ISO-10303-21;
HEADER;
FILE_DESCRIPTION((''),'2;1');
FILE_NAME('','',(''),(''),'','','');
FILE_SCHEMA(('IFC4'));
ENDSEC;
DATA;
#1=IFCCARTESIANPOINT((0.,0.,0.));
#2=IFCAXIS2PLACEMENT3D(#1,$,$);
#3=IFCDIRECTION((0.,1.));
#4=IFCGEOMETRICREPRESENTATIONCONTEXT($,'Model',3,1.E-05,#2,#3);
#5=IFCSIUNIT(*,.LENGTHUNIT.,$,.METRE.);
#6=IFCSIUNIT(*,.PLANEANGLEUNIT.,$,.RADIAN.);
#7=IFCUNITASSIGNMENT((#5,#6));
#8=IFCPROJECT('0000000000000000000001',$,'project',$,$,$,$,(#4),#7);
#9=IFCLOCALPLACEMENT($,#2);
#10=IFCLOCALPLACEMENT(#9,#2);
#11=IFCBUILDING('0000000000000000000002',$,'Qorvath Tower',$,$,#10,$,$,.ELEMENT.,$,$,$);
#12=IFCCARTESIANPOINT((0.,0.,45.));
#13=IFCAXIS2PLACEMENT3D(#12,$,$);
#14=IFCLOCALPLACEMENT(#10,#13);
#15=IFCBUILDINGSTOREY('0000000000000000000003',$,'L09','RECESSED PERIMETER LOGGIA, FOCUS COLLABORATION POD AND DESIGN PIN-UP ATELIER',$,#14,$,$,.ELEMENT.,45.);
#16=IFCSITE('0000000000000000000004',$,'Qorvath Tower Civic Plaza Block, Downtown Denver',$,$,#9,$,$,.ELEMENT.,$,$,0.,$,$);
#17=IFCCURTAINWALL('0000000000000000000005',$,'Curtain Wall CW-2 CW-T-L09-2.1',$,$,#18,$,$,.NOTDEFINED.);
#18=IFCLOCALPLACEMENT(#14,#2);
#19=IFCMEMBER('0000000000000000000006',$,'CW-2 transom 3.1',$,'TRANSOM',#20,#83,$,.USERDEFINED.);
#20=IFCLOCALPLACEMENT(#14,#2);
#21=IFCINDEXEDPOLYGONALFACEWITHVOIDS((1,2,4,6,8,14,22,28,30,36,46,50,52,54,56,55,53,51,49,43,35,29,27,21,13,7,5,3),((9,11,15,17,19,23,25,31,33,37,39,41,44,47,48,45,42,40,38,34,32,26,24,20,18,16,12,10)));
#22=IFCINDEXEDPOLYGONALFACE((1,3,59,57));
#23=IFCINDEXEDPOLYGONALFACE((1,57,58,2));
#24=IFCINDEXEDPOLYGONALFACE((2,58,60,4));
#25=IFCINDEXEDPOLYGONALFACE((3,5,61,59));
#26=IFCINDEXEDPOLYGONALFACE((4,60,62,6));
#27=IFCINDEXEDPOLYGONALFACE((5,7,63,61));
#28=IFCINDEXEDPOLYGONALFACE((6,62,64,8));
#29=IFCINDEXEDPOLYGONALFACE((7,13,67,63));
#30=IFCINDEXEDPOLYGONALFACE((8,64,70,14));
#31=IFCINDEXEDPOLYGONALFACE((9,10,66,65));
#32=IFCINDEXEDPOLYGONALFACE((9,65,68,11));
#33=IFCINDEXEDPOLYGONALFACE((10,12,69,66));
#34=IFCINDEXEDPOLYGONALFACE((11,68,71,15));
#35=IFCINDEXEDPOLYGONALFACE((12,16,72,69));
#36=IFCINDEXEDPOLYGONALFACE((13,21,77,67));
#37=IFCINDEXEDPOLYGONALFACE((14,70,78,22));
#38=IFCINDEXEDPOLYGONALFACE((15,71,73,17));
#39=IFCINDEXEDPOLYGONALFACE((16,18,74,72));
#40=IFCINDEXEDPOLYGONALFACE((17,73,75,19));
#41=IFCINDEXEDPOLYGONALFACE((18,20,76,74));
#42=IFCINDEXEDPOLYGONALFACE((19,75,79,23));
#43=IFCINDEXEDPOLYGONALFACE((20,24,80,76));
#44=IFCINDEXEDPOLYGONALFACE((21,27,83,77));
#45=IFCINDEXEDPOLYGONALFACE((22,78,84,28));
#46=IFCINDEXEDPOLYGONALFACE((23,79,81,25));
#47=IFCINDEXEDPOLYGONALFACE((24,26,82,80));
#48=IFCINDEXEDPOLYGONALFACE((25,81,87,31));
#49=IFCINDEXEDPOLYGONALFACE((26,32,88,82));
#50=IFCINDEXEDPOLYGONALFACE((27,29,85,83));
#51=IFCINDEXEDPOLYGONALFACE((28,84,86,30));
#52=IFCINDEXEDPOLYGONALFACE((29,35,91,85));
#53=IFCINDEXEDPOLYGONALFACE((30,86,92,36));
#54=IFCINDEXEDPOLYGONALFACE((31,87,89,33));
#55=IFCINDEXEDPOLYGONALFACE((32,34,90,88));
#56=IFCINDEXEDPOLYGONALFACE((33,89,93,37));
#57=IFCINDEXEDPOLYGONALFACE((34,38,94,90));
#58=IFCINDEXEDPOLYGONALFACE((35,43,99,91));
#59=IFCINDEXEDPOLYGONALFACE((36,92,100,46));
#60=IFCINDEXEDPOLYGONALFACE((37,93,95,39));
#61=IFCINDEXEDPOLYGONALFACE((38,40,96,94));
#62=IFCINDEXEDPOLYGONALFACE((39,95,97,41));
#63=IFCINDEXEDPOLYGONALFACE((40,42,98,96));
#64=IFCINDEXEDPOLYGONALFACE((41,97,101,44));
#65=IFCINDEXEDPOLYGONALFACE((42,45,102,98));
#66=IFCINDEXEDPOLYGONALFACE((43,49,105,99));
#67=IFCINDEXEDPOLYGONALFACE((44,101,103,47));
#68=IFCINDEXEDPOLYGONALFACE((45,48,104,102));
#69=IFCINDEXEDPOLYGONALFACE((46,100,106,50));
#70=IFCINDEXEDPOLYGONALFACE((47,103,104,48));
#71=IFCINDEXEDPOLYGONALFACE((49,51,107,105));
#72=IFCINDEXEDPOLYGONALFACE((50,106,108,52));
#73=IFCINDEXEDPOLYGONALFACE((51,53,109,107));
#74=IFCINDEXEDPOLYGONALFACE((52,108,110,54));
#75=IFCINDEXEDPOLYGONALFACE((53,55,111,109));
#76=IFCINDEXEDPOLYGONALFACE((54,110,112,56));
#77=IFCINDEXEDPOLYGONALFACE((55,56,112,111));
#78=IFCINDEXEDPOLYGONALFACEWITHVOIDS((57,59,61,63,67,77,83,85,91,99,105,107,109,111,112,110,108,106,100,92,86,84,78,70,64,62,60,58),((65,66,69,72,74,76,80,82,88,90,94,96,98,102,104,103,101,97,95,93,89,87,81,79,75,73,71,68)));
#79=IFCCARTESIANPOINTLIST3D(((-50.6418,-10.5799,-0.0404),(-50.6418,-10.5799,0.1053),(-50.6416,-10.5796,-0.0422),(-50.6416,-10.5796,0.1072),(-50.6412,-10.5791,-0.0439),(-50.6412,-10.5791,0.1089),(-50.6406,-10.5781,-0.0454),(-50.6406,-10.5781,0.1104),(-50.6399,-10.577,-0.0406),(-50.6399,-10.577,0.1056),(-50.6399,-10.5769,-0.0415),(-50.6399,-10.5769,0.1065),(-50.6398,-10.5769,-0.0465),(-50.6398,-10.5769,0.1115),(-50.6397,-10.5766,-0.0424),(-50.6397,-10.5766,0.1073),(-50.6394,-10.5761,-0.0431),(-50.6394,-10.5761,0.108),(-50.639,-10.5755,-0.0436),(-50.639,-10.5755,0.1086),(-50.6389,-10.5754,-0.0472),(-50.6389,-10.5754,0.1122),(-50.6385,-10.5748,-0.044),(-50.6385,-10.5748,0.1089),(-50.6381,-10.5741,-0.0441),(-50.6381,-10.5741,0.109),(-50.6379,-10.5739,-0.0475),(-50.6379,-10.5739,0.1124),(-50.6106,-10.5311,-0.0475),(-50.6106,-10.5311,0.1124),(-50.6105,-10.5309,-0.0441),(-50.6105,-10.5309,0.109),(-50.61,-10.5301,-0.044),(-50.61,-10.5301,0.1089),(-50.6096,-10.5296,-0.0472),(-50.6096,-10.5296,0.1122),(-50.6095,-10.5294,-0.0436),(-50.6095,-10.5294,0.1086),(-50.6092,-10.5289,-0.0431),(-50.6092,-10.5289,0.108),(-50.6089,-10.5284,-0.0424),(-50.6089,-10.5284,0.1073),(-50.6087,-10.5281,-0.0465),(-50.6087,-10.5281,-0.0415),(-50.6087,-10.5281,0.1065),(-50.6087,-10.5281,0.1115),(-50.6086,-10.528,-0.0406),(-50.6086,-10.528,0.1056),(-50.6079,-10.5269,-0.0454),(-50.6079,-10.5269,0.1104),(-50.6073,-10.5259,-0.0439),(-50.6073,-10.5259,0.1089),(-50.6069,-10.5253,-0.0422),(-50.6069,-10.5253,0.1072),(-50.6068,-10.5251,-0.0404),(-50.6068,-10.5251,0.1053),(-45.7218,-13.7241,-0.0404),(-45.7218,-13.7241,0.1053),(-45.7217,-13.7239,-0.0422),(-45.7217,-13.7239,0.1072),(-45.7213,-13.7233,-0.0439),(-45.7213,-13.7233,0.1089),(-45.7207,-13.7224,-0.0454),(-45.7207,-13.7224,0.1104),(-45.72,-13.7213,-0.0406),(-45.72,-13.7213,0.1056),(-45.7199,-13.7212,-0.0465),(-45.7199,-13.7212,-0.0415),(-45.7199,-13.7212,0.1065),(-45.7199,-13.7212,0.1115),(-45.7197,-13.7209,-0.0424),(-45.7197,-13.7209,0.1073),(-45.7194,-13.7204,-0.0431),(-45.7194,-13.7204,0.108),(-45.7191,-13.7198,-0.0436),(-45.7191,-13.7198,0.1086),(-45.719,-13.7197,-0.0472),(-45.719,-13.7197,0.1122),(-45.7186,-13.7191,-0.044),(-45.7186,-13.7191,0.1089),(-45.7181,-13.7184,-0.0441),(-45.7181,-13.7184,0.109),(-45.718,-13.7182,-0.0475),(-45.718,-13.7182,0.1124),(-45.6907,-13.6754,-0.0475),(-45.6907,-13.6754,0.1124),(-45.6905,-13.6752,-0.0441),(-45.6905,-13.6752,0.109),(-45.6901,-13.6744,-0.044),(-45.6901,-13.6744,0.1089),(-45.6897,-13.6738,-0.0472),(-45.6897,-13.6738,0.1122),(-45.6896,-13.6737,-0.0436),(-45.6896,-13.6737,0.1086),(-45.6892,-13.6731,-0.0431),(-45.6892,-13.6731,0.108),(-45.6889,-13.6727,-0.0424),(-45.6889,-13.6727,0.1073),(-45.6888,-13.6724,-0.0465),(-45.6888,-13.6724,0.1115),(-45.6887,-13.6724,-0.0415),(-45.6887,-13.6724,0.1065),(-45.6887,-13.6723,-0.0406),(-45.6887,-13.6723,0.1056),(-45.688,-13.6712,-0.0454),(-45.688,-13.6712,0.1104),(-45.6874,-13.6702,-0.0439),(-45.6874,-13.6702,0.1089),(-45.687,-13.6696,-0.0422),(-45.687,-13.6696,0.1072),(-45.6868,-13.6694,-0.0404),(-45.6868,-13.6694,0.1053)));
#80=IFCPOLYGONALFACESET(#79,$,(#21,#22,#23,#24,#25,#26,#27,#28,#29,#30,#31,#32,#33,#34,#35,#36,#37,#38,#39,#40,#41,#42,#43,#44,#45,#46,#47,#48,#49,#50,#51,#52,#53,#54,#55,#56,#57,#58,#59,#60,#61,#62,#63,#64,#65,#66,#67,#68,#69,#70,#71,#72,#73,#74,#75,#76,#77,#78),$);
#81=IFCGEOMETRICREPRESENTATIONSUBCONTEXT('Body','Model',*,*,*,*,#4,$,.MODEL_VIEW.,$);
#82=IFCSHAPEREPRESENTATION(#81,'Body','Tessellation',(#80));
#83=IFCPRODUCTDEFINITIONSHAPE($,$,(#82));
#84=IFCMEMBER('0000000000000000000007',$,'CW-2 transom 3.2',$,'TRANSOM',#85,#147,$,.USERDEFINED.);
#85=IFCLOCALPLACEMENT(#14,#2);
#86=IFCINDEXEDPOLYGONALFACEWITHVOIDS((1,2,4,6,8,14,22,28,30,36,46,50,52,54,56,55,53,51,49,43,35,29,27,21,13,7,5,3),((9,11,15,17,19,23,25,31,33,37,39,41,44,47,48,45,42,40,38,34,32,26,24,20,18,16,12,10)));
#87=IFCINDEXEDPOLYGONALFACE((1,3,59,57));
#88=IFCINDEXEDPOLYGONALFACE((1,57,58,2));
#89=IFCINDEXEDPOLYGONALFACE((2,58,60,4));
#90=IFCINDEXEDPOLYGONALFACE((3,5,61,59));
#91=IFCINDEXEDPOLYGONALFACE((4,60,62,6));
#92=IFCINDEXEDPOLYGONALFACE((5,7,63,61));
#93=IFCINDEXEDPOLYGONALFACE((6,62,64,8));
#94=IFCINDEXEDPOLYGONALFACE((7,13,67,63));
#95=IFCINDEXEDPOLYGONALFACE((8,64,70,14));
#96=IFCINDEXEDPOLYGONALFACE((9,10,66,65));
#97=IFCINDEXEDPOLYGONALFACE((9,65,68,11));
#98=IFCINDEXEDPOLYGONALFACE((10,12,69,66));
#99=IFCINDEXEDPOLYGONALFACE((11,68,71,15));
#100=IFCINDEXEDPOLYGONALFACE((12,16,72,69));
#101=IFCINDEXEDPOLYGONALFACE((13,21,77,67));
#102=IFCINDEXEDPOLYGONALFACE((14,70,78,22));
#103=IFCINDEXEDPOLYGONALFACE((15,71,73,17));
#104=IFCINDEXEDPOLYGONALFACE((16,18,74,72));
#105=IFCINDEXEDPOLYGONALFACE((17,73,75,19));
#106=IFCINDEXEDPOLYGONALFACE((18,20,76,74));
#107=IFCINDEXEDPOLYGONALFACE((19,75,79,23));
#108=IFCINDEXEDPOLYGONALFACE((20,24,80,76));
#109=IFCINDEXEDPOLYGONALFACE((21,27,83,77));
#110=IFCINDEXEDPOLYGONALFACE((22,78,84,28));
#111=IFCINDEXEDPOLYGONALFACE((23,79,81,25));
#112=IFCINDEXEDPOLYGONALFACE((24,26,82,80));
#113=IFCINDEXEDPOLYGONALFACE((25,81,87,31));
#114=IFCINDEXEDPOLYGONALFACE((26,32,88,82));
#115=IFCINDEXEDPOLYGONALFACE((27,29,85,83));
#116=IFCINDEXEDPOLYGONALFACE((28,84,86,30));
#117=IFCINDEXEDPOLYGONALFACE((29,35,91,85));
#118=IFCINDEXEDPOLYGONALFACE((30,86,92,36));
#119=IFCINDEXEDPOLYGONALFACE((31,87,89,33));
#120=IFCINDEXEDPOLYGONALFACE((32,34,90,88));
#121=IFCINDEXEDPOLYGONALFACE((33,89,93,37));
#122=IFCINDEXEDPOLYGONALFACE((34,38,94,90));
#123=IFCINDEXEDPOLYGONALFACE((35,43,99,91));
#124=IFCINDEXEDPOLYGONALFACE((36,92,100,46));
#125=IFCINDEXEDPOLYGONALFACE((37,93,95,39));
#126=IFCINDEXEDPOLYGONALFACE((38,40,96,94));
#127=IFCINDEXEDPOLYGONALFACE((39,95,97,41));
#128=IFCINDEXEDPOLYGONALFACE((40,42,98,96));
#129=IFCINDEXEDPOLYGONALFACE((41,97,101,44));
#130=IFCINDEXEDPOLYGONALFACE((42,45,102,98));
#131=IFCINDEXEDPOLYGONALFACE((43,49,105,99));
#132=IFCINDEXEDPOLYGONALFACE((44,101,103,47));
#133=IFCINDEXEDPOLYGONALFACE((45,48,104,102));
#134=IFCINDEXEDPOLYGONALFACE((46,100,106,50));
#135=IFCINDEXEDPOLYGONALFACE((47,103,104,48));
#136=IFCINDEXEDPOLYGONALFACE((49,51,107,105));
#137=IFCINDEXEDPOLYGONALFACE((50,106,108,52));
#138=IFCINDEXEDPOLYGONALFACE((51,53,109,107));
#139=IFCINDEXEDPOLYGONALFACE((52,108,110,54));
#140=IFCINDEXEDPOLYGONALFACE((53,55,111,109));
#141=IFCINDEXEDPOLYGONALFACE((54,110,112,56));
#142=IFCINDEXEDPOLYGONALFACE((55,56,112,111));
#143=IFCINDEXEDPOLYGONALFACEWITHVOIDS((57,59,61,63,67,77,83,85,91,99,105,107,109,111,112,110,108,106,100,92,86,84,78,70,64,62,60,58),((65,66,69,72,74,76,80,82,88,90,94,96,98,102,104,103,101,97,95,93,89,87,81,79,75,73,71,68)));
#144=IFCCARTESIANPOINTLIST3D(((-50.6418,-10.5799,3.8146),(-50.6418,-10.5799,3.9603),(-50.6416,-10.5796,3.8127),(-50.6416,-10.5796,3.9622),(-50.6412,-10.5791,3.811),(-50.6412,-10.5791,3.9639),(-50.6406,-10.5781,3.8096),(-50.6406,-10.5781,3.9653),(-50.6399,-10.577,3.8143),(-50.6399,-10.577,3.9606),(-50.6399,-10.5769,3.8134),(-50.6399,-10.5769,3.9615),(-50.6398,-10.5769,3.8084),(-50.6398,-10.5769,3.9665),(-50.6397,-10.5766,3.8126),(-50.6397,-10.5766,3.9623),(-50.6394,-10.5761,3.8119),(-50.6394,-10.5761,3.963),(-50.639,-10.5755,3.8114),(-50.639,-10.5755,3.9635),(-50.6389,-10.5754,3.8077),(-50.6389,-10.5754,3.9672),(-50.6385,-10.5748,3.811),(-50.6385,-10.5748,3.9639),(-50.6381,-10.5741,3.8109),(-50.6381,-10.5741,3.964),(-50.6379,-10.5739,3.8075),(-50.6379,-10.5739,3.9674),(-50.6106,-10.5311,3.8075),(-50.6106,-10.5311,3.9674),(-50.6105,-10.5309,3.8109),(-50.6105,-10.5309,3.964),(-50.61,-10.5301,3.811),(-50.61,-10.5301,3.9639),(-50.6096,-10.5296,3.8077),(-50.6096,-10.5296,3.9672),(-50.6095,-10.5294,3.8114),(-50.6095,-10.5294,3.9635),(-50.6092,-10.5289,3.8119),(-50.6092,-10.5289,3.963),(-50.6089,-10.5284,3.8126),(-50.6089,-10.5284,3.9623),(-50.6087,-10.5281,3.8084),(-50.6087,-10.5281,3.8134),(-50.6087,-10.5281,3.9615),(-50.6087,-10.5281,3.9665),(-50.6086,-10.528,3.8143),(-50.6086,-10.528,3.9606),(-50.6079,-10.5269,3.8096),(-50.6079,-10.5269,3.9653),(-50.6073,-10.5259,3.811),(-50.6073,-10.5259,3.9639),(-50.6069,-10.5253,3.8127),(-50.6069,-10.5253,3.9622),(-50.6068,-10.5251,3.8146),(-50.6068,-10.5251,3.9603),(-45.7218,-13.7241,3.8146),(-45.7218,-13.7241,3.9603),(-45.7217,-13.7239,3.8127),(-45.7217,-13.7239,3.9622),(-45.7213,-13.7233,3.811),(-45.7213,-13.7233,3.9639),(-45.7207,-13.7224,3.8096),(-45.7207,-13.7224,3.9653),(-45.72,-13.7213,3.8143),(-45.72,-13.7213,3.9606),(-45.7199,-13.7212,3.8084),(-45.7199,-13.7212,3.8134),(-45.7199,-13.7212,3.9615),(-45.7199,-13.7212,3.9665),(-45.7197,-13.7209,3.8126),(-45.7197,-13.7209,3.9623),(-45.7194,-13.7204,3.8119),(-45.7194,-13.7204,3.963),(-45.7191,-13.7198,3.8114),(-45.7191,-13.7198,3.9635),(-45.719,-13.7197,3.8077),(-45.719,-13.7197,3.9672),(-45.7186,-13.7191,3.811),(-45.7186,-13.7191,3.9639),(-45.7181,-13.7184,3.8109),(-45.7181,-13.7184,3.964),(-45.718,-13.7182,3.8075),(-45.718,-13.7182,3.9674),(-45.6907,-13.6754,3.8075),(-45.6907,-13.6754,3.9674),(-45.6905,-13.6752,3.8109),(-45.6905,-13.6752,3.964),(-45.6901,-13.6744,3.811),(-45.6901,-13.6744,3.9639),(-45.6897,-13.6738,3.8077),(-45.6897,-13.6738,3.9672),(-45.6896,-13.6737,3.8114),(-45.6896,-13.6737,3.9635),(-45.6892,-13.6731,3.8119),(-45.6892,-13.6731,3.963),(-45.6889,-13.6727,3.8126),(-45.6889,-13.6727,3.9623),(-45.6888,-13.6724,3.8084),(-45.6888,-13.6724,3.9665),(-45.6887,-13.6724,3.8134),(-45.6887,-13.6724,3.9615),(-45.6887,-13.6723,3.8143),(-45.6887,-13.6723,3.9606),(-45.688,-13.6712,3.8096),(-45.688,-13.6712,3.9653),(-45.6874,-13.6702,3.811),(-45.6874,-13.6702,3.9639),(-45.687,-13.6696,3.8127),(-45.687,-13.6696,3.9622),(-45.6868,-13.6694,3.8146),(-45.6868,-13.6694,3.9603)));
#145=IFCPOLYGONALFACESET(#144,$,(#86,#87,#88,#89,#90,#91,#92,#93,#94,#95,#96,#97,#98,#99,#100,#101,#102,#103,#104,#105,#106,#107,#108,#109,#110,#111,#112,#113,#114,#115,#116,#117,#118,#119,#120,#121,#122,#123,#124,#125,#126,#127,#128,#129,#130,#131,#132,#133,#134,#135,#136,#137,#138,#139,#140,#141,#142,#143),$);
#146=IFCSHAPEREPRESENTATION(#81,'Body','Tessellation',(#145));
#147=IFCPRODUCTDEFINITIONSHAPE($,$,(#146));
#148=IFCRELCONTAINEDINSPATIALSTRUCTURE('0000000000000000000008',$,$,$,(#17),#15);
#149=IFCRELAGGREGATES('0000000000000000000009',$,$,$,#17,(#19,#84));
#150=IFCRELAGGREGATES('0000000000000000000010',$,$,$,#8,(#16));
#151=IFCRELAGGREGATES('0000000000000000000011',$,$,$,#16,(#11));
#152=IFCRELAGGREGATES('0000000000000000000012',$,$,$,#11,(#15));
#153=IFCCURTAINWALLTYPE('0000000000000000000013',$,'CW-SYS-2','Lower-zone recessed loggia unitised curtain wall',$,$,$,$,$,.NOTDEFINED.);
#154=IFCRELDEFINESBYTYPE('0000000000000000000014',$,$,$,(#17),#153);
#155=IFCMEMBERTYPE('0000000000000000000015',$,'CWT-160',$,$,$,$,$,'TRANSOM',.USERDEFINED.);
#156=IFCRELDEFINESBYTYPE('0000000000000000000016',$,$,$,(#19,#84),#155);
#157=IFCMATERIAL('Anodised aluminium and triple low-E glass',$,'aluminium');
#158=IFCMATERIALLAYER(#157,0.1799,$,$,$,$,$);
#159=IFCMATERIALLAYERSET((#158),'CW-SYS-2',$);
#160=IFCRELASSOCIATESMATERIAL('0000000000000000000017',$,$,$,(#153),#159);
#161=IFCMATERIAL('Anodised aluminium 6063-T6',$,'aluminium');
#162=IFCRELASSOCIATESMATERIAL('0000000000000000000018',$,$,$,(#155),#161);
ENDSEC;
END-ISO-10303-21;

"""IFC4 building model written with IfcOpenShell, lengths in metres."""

from ifc_helpers import new_model, si_unit, direction, frame, origin, origin_2d, place, context, subcontext, project, spatial, hollow_rectangle, extrude, material, layer, layer_set, material_profile, profile_set, type_object, element, aggregate, save


model = new_model("IFC4")

# Units and contexts
model_context = context("Model", 3, precision=1e-05, world=origin(), true_north=direction((0.0, 1.0)))
body_context = subcontext(model_context, "Body", "Model", "MODEL_VIEW")
ifc_project = project(units=[si_unit("LENGTHUNIT", "METRE"), si_unit("PLANEANGLEUNIT", "RADIAN")], contexts=[model_context])

# Site, building, storey
site_placement = place(None, origin())
site = spatial("IfcSite", under=ifc_project, at=site_placement, Name="Qorvath Tower Civic Plaza Block, Downtown Denver", CompositionType="ELEMENT", RefElevation=0.0)
building_placement = place(site_placement, origin())
building = spatial("IfcBuilding", under=site, at=building_placement, Name="Qorvath Tower", CompositionType="ELEMENT")
storey_placement = place(building_placement, frame((0.0, 0.0, 45.0)))
storey = spatial("IfcBuildingStorey", under=building, at=storey_placement, Name="L09", Description="RECESSED PERIMETER LOGGIA, FOCUS COLLABORATION POD AND DESIGN PIN-UP ATELIER", CompositionType="ELEMENT", Elevation=45.0)

# Curtain wall, members
ifc_material_1 = material(Name="Anodised aluminium and triple low-E glass", Category="aluminium")
ifc_layer_1 = layer(ifc_material_1, 0.1799)
ifc_layer_set_1 = layer_set([ifc_layer_1], Name="CW-SYS-2")
curtain_wall_type = type_object("IfcCurtainWallType", Name="CW-SYS-2", Description="Lower-zone recessed loggia unitised curtain wall", PredefinedType="NOTDEFINED", material=ifc_layer_set_1)
curtain_wall_placement = place(storey_placement, origin())
curtain_wall = element("IfcCurtainWall", 1, at=curtain_wall_placement, inside=storey, type_object=curtain_wall_type, Name="Curtain Wall CW-2 CW-T-L09-2.1", PredefinedType="NOTDEFINED")
ifc_material_2 = material(Name="Anodised aluminium 6063-T6", Category="aluminium")
ifc_material_profile_1 = material_profile(ifc_material_2, hollow_rectangle(XDim=0.0649, YDim=0.1599, WallThickness=0.0034, InnerFilletRadius=0.0034, OuterFilletRadius=0.0071, at=origin_2d()), Name="CWT 160x65")
ifc_profile_set_1 = profile_set([ifc_material_profile_1], Name="Anodised aluminium 6063-T6")
member_type_1 = type_object("IfcMemberType", Name="CWT-160", ElementType="TRANSOM", PredefinedType="USERDEFINED", material=ifc_profile_set_1)
member_1_placement = place(storey_placement, frame((-50.6243, -10.5525, 0.0325), z_axis=(0.842618, -0.538511, 0.0), x_axis=(0.538511, 0.842618, 0.0)))
member_1 = element("IfcMember", 2, at=member_1_placement, type_object=member_type_1, Name="CW-2 transom 3.1", ObjectType="TRANSOM", PredefinedType="USERDEFINED", context=body_context, shape_type="SweptSolid", body=[
    extrude(hollow_rectangle(XDim=0.0649, YDim=0.1599, WallThickness=0.0034, InnerFilletRadius=0.0034, OuterFilletRadius=0.0071, at=origin_2d()), origin(), (0.0, 0.0, 1.0), 5.8389),
])
member_2_placement = place(storey_placement, frame((-50.6243, -10.5525, 3.8875), z_axis=(0.842618, -0.538511, 0.0), x_axis=(0.538511, 0.842618, 0.0)))
member_2 = element("IfcMember", 3, at=member_2_placement, type_object=member_type_1, Name="CW-2 transom 3.2", ObjectType="TRANSOM", PredefinedType="USERDEFINED", context=body_context, shape_type="SweptSolid", body=[
    extrude(hollow_rectangle(XDim=0.0649, YDim=0.1599, WallThickness=0.0034, InnerFilletRadius=0.0034, OuterFilletRadius=0.0071, at=origin_2d()), origin(), (0.0, 0.0, 1.0), 5.8389),
])
aggregate(curtain_wall, [member_1, member_2])

save(model, "model.ifc")
